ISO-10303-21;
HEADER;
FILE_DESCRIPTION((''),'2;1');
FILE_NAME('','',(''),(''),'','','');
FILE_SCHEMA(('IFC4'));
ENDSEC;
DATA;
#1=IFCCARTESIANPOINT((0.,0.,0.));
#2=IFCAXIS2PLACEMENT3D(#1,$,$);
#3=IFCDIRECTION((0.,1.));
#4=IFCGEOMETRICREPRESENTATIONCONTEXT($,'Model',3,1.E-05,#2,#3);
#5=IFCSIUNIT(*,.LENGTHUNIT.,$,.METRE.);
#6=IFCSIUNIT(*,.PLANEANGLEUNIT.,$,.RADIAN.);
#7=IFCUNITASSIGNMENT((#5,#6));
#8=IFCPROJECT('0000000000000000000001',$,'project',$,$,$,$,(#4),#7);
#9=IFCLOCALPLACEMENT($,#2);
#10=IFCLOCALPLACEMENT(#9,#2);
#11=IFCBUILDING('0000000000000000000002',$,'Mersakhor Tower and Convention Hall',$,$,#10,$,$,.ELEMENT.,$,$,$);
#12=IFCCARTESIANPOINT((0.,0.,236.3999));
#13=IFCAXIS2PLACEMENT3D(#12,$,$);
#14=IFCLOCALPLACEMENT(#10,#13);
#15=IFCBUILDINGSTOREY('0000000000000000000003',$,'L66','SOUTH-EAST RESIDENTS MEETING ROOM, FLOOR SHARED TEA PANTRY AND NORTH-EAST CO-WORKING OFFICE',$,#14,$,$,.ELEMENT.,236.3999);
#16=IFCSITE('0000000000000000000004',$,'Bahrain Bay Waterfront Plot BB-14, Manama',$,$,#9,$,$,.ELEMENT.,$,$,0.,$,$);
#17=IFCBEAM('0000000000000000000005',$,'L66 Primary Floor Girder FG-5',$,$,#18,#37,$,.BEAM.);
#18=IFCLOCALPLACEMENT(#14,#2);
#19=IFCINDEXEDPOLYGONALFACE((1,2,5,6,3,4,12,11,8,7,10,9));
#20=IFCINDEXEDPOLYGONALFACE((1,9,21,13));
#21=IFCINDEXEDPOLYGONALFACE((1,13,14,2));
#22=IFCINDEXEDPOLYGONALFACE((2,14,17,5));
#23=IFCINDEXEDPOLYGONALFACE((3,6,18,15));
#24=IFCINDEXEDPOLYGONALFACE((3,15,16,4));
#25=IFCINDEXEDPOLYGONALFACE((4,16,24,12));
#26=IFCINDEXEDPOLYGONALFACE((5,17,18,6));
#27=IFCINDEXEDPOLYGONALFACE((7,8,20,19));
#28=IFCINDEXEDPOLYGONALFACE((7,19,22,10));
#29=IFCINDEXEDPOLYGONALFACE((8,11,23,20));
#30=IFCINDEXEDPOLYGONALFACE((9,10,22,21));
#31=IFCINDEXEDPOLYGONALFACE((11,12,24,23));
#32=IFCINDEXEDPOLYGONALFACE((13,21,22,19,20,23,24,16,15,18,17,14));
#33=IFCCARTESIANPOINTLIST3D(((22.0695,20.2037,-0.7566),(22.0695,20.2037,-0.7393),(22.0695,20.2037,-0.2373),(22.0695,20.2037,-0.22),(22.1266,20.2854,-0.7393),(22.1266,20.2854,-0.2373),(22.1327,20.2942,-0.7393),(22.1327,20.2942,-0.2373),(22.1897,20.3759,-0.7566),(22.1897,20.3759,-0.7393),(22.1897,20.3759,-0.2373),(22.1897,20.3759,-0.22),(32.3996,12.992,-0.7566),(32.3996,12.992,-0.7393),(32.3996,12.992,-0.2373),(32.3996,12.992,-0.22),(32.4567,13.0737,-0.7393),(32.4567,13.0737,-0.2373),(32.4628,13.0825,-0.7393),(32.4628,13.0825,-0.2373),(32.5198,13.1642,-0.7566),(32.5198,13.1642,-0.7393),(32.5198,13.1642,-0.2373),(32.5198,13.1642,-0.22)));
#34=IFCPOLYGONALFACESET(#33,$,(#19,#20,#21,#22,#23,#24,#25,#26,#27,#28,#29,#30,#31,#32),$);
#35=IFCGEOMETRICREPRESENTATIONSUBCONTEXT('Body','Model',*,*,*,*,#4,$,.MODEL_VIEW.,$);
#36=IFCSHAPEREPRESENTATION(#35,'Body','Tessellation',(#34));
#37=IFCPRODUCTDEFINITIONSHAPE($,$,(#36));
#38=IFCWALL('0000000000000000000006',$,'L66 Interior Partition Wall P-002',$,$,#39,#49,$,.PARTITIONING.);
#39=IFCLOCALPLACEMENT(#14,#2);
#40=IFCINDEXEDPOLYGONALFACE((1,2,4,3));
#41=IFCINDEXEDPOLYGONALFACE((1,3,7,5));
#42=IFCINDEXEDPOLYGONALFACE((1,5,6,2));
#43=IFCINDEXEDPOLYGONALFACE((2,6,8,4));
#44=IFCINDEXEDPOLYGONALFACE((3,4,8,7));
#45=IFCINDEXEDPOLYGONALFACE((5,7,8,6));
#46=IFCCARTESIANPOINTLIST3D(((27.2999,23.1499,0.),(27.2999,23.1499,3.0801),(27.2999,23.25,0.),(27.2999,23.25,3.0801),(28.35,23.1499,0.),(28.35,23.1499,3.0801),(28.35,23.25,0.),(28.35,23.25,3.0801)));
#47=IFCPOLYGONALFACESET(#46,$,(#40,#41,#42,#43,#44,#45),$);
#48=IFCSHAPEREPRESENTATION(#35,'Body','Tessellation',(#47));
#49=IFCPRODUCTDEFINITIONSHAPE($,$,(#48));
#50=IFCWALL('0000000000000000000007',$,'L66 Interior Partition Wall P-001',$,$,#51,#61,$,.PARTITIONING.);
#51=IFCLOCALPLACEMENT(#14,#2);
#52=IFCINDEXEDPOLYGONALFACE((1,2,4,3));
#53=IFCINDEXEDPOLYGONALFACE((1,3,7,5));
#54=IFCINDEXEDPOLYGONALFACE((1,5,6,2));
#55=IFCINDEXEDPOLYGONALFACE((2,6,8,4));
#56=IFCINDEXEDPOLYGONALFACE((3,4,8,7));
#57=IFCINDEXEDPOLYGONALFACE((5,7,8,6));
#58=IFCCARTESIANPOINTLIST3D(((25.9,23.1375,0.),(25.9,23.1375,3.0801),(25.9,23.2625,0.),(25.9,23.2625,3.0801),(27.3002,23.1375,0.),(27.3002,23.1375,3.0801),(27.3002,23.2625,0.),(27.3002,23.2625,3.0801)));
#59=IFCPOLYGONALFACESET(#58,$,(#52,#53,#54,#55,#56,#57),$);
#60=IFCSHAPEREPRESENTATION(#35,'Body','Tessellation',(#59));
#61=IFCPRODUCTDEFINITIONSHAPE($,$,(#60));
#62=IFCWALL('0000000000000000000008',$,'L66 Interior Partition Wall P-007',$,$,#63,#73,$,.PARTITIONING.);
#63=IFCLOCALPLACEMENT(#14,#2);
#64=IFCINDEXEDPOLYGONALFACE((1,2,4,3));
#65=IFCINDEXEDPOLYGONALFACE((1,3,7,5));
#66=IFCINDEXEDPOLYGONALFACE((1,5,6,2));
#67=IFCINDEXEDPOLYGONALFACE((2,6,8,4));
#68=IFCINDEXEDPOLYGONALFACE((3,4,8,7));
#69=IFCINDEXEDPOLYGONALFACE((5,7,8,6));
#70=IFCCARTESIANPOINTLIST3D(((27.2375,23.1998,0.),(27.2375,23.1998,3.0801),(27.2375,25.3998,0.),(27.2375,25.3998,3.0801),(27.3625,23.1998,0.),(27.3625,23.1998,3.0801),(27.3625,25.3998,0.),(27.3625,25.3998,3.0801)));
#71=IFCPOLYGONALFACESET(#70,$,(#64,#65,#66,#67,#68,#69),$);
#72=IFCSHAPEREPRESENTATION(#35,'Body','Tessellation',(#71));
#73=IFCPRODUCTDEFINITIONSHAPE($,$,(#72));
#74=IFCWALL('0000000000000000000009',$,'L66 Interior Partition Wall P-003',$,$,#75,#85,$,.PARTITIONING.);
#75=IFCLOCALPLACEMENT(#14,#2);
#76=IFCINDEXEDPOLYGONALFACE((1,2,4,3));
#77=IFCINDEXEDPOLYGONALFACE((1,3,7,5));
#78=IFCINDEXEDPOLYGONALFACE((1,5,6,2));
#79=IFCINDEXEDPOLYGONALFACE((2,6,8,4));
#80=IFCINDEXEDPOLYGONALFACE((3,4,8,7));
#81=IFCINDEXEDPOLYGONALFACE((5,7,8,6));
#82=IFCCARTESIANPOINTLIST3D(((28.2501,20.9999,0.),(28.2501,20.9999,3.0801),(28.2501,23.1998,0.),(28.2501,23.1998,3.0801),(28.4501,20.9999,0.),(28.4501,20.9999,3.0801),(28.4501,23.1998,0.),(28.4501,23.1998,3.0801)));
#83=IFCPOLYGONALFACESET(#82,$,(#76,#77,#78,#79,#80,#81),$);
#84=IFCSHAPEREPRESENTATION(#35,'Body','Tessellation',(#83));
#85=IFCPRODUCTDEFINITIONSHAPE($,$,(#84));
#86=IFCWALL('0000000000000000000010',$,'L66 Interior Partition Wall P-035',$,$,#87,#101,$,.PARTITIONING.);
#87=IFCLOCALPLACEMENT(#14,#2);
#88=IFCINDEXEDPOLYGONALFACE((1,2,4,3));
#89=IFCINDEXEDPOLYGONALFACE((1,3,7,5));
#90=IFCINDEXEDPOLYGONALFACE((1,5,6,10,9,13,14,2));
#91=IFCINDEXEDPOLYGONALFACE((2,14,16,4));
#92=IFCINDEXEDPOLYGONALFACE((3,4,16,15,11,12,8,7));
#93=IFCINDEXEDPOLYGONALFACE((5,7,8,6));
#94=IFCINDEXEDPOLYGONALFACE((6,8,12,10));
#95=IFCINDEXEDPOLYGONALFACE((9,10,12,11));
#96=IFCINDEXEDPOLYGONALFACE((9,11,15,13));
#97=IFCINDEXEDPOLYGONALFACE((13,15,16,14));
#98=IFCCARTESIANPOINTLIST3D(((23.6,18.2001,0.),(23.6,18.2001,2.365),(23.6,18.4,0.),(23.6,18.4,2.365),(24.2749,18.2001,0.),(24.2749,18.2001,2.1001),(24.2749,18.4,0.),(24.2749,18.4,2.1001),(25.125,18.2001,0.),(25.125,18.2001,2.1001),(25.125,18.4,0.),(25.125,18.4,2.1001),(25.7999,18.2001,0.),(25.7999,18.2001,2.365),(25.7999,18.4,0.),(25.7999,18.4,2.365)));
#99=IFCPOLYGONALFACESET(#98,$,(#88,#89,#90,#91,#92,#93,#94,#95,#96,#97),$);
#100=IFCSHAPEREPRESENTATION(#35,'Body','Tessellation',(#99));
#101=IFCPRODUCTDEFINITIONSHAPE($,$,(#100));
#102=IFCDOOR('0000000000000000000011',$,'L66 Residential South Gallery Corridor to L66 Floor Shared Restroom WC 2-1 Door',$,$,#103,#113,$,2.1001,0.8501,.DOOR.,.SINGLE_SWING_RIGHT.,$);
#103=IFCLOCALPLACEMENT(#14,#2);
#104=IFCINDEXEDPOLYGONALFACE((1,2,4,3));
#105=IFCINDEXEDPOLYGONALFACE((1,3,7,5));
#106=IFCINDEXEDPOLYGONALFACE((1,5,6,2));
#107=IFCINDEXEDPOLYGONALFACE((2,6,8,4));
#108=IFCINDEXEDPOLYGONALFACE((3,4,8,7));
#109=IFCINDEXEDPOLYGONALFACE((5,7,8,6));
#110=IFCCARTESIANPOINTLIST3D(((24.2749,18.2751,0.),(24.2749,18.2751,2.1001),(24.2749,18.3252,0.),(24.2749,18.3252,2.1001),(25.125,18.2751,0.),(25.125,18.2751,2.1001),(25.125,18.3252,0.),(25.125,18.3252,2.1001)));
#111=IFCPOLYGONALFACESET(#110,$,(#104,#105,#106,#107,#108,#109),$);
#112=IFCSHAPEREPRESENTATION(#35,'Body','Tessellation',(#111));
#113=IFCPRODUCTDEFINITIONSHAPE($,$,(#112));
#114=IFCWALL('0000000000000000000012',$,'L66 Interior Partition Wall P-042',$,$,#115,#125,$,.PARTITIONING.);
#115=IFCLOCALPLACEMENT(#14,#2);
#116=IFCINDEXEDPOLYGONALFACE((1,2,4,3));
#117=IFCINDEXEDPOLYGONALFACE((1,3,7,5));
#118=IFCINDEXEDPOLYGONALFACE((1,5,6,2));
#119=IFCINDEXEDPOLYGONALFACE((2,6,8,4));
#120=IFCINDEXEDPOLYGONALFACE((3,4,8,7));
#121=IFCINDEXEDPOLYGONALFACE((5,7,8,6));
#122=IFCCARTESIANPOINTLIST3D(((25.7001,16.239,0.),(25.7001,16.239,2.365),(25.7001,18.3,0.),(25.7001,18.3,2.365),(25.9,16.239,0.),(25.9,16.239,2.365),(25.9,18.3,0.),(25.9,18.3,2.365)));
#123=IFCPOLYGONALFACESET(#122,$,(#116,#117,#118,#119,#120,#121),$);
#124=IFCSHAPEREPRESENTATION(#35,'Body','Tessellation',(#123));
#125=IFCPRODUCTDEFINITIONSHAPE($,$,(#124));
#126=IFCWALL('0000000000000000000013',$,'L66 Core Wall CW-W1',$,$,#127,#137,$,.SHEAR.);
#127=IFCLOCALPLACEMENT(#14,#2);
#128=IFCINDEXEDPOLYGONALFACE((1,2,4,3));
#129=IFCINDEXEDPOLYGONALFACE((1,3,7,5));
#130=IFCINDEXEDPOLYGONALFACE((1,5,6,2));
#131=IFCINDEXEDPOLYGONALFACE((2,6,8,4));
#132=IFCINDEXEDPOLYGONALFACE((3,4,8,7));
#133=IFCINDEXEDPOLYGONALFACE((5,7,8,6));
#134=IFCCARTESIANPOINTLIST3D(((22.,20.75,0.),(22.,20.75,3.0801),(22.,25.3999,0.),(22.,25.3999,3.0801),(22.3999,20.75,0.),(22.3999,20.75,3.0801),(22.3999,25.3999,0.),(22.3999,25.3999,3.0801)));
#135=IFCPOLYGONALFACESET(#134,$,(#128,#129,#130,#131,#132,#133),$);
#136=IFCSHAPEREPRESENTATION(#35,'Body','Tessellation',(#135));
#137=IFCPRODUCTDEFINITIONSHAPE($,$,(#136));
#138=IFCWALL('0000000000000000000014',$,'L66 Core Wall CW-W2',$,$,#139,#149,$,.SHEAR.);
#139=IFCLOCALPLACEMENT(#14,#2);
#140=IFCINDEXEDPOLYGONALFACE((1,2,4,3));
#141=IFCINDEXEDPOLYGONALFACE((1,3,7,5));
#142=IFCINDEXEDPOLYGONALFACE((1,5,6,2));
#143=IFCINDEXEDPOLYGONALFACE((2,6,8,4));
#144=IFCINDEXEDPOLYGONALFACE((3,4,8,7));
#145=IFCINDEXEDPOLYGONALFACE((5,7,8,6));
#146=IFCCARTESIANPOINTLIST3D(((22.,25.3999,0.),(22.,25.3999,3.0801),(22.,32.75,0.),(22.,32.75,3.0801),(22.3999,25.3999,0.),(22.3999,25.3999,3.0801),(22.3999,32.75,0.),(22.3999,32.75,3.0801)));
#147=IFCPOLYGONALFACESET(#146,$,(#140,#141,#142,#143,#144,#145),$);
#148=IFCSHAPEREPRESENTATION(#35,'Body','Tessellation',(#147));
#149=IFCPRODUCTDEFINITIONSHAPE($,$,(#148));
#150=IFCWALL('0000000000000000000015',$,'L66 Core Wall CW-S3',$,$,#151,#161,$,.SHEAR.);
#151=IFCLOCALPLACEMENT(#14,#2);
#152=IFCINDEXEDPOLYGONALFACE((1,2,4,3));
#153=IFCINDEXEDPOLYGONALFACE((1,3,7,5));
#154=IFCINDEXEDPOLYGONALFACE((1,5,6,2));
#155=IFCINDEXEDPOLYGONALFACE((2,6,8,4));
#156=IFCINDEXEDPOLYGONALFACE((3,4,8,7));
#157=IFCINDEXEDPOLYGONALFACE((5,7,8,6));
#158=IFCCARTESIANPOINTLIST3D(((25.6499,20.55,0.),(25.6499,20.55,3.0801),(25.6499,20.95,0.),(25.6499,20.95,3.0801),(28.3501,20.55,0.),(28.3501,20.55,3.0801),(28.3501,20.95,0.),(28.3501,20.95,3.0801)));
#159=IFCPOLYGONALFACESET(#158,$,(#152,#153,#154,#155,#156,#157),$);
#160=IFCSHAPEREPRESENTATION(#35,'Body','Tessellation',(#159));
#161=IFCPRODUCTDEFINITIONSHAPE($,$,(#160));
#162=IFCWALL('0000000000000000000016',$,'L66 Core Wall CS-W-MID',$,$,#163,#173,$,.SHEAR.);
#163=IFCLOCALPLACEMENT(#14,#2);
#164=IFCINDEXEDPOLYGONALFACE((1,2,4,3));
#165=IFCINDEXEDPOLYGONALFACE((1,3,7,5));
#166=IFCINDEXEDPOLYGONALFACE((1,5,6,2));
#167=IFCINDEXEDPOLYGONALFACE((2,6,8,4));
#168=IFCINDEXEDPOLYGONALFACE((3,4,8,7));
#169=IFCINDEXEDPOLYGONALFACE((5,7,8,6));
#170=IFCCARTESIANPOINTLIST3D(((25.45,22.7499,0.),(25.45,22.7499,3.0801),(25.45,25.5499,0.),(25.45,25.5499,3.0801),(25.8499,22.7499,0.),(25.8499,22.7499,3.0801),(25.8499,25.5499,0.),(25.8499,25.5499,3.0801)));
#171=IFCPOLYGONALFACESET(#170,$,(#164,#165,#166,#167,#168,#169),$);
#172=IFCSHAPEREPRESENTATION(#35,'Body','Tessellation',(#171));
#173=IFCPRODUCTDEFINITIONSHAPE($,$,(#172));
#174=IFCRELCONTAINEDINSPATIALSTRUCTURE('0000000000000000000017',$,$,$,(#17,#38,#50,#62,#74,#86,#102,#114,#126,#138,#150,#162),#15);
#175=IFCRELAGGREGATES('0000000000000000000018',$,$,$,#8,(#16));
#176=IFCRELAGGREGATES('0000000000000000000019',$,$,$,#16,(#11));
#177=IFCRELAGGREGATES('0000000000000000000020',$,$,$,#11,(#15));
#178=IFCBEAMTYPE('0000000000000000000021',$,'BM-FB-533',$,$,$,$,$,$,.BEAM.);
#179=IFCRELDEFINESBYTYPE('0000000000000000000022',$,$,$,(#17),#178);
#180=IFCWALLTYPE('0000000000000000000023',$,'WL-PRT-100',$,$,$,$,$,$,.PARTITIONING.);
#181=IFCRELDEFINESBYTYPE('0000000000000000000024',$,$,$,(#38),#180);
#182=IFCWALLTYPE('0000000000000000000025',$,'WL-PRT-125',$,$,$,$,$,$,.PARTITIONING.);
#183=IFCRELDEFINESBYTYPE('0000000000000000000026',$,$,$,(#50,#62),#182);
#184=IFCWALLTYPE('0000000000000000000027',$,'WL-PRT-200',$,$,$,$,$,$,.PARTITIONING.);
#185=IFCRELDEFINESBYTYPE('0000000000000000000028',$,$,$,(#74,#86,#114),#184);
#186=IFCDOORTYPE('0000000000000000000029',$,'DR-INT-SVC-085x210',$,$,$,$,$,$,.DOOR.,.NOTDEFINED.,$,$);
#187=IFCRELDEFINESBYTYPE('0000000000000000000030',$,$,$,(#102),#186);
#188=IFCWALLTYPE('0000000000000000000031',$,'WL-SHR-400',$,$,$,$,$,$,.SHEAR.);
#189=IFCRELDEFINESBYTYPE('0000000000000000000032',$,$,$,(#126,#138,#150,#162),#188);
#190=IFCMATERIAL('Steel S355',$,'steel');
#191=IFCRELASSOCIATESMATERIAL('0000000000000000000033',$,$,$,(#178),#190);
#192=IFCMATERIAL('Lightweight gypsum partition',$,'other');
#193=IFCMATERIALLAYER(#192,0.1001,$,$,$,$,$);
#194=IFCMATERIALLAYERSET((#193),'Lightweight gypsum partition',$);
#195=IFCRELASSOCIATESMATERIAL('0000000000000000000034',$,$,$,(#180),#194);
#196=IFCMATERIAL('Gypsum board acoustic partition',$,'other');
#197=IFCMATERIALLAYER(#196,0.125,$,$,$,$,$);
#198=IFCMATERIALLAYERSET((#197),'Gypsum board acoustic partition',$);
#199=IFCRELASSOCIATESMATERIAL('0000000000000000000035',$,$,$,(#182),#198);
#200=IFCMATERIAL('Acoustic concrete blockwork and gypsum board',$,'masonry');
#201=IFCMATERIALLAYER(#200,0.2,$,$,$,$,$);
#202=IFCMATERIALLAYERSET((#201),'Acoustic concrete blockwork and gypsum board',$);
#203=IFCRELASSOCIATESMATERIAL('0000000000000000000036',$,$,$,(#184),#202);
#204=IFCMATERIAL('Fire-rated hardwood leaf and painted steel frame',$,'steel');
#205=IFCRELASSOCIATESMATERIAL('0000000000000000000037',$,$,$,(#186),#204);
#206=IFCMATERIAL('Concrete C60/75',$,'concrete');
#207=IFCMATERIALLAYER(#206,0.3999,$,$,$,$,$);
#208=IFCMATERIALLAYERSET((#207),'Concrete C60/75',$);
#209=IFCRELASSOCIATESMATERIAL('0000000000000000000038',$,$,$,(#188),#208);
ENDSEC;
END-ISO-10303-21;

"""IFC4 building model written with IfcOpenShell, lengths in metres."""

from ifc_helpers import new_model, si_unit, direction, frame, frame_2d, origin, origin_2d, place, context, subcontext, project, spatial, rectangle, i_section, extrude, material, layer, layer_set, material_profile, profile_set, type_object, element, fill, save


model = new_model("IFC4")

# Units and contexts
model_context = context("Model", 3, precision=1e-05, world=origin(), true_north=direction((0.0, 1.0)))
body_context = subcontext(model_context, "Body", "Model", "MODEL_VIEW")
ifc_project = project(units=[si_unit("LENGTHUNIT", "METRE"), si_unit("PLANEANGLEUNIT", "RADIAN")], contexts=[model_context])

# Site, building, storey
site_placement = place(None, origin())
site = spatial("IfcSite", under=ifc_project, at=site_placement, Name="Bahrain Bay Waterfront Plot BB-14, Manama", CompositionType="ELEMENT", RefElevation=0.0)
building_placement = place(site_placement, origin())
building = spatial("IfcBuilding", under=site, at=building_placement, Name="Mersakhor Tower and Convention Hall", CompositionType="ELEMENT")
storey_placement = place(building_placement, frame((0.0, 0.0, 236.3999)))
storey = spatial("IfcBuildingStorey", under=building, at=storey_placement, Name="L66", Description="SOUTH-EAST RESIDENTS MEETING ROOM, FLOOR SHARED TEA PANTRY AND NORTH-EAST CO-WORKING OFFICE", CompositionType="ELEMENT", Elevation=236.3999)

# Beam
ifc_material_1 = material(Name="Steel S355", Category="steel")
ifc_material_profile = material_profile(ifc_material_1, i_section(OverallWidth=0.21, OverallDepth=0.5366, WebThickness=0.0107, FlangeThickness=0.0173, at=origin_2d()), Name="UB 533x210x101")
ifc_profile_set = profile_set([ifc_material_profile], Name="Steel S355")
beam_type = type_object("IfcBeamType", Name="BM-FB-533", PredefinedType="BEAM", material=ifc_profile_set)
beam_placement = place(storey_placement, frame((22.1296, 20.2898, -0.4883), z_axis=(0.819954, -0.572429, 0.0), x_axis=(0.572429, 0.819954, 0.0)))
element("IfcBeam", 1, at=beam_placement, inside=storey, type_object=beam_type, Name="L66 Primary Floor Girder FG-5", PredefinedType="BEAM", context=body_context, shape_type="SweptSolid", body=[
    extrude(i_section(OverallWidth=0.21, OverallDepth=0.5366, WebThickness=0.0107, FlangeThickness=0.0173, at=origin_2d()), origin(), (0.0, 0.0, 1.0), 12.5984),
])

# Walls
ifc_material_2 = material(Name="Lightweight gypsum partition", Category="other")
ifc_layer_1 = layer(ifc_material_2, 0.1001)
ifc_layer_set_1 = layer_set([ifc_layer_1], Name="Lightweight gypsum partition")
wall_type_1 = type_object("IfcWallType", Name="WL-PRT-100", PredefinedType="PARTITIONING", material=ifc_layer_set_1)
wall_1_placement = place(storey_placement, frame((27.3, 23.2, 0.0), z_axis=(0.0, 0.0, 1.0), x_axis=(1.0, 0.0, 0.0)))
element("IfcWall", 2, at=wall_1_placement, inside=storey, type_object=wall_type_1, Name="L66 Interior Partition Wall P-002", PredefinedType="PARTITIONING", context=body_context, shape_type="SweptSolid", body=[
    extrude(rectangle(XDim=1.05, YDim=0.1001, at=frame_2d((0.5249, 0.0))), origin(), (0.0, 0.0, 1.0), 3.0801),
])
ifc_material_3 = material(Name="Gypsum board acoustic partition", Category="other")
ifc_layer_2 = layer(ifc_material_3, 0.125)
ifc_layer_set_2 = layer_set([ifc_layer_2], Name="Gypsum board acoustic partition")
wall_type_2 = type_object("IfcWallType", Name="WL-PRT-125", PredefinedType="PARTITIONING", material=ifc_layer_set_2)
wall_2_placement = place(storey_placement, frame((25.8999, 23.2, 0.0), z_axis=(0.0, 0.0, 1.0), x_axis=(1.0, 0.0, 0.0)))
element("IfcWall", 3, at=wall_2_placement, inside=storey, type_object=wall_type_2, Name="L66 Interior Partition Wall P-001", PredefinedType="PARTITIONING", context=body_context, shape_type="SweptSolid", body=[
    extrude(rectangle(XDim=1.4001, YDim=0.125, at=frame_2d((0.7002, 0.0))), origin(), (0.0, 0.0, 1.0), 3.0801),
])
wall_3_placement = place(storey_placement, frame((27.3, 25.3999, 0.0), z_axis=(0.0, 0.0, 1.0), x_axis=(0.0, -1.0, 0.0)))
element("IfcWall", 4, at=wall_3_placement, inside=storey, type_object=wall_type_2, Name="L66 Interior Partition Wall P-007", PredefinedType="PARTITIONING", context=body_context, shape_type="SweptSolid", body=[
    extrude(rectangle(XDim=2.2, YDim=0.125, at=frame_2d((1.1001, 0.0))), origin(), (0.0, 0.0, 1.0), 3.0801),
])

# Shared definitions
ifc_material_4 = material(Name="Acoustic concrete blockwork and gypsum board", Category="masonry")
ifc_layer_3 = layer(ifc_material_4, 0.2)
ifc_layer_set_3 = layer_set([ifc_layer_3], Name="Acoustic concrete blockwork and gypsum board")
wall_type_3 = type_object("IfcWallType", Name="WL-PRT-200", PredefinedType="PARTITIONING", material=ifc_layer_set_3)

# Wall
wall_4_placement = place(storey_placement, frame((28.3501, 23.2, 0.0), z_axis=(0.0, 0.0, 1.0), x_axis=(0.0, -1.0, 0.0)))
element("IfcWall", 5, at=wall_4_placement, inside=storey, type_object=wall_type_3, Name="L66 Interior Partition Wall P-003", PredefinedType="PARTITIONING", context=body_context, shape_type="SweptSolid", body=[
    extrude(rectangle(XDim=2.2, YDim=0.2, at=frame_2d((1.1001, 0.0))), origin(), (0.0, 0.0, 1.0), 3.0801),
])

# Wall, opening, door
wall_5_placement = place(storey_placement, frame((25.8, 18.3, 0.0), z_axis=(0.0, 0.0, 1.0), x_axis=(-1.0, 0.0, 0.0)))
wall_5 = element("IfcWall", 6, at=wall_5_placement, inside=storey, type_object=wall_type_3, Name="L66 Interior Partition Wall P-035", PredefinedType="PARTITIONING", context=body_context, shape_type="SweptSolid", body=[
    extrude(rectangle(XDim=2.2, YDim=0.2, at=frame_2d((1.1001, 0.0))), origin(), (0.0, 0.0, 1.0), 2.365),
])
opening_1_placement = place(wall_5_placement, frame((0.675, 0.0, 0.0)))
opening_1 = element("IfcOpeningElement", 7, at=opening_1_placement, cuts=wall_5, PredefinedType="OPENING", context=body_context, shape_type="SweptSolid", body=[
    extrude(rectangle(XDim=0.8501, YDim=2.1001, at=frame_2d((0.425, 1.05))), frame((0.0, 0.1099, 0.0), z_axis=(0.0, -1.0, 0.0), x_axis=(1.0, 0.0, 0.0)), (0.0, 0.0, 1.0), 0.22),
])
ifc_material_5 = material(Name="Fire-rated hardwood leaf and painted steel frame", Category="steel")
door_type_1 = type_object("IfcDoorType", Name="DR-INT-SVC-085x210", OperationType="NOTDEFINED", PredefinedType="DOOR", material=ifc_material_5)
door_1_placement = place(opening_1_placement, origin())
door_1 = element("IfcDoor", 8, at=door_1_placement, inside=storey, type_object=door_type_1, Name="L66 Residential South Gallery Corridor to L66 Floor Shared Restroom WC 2-1 Door", OperationType="SINGLE_SWING_RIGHT", OverallHeight=2.1001, OverallWidth=0.8501, PredefinedType="DOOR", context=body_context, shape_type="SweptSolid", body=[
    extrude(rectangle(XDim=0.8501, YDim=2.1001, at=frame_2d((0.425, 1.05))), frame((0.0, 0.0249, 0.0), z_axis=(0.0, -1.0, 0.0), x_axis=(1.0, 0.0, 0.0)), (0.0, 0.0, 1.0), 0.05),
])
fill(opening_1, door_1)

# Wall
wall_6_placement = place(storey_placement, frame((25.8, 18.3, 0.0), z_axis=(0.0, 0.0, 1.0), x_axis=(0.0, -1.0, 0.0)))
element("IfcWall", 9, at=wall_6_placement, inside=storey, type_object=wall_type_3, Name="L66 Interior Partition Wall P-042", PredefinedType="PARTITIONING", context=body_context, shape_type="SweptSolid", body=[
    extrude(rectangle(XDim=2.061, YDim=0.2, at=frame_2d((1.0305, 0.0))), origin(), (0.0, 0.0, 1.0), 2.365),
])

# Walls
ifc_material_6 = material(Name="Concrete C60/75", Category="concrete")
ifc_layer_4 = layer(ifc_material_6, 0.3999)
ifc_layer_set_4 = layer_set([ifc_layer_4], Name="Concrete C60/75")
wall_type_4 = type_object("IfcWallType", Name="WL-SHR-400", PredefinedType="SHEAR", material=ifc_layer_set_4)
wall_7_placement = place(storey_placement, frame((22.2, 20.75, 0.0), z_axis=(0.0, 0.0, 1.0), x_axis=(0.0, 1.0, 0.0)))
element("IfcWall", 10, at=wall_7_placement, inside=storey, type_object=wall_type_4, Name="L66 Core Wall CW-W1", PredefinedType="SHEAR", context=body_context, shape_type="SweptSolid", body=[
    extrude(rectangle(XDim=4.6499, YDim=0.3999, at=frame_2d((2.325, 0.0))), origin(), (0.0, 0.0, 1.0), 3.0801),
])
wall_8_placement = place(storey_placement, frame((22.2, 25.3999, 0.0), z_axis=(0.0, 0.0, 1.0), x_axis=(0.0, 1.0, 0.0)))
element("IfcWall", 11, at=wall_8_placement, inside=storey, type_object=wall_type_4, Name="L66 Core Wall CW-W2", PredefinedType="SHEAR", context=body_context, shape_type="SweptSolid", body=[
    extrude(rectangle(XDim=7.3501, YDim=0.3999, at=frame_2d((3.675, 0.0))), origin(), (0.0, 0.0, 1.0), 3.0801),
])
wall_9_placement = place(storey_placement, frame((28.3501, 20.75, 0.0), z_axis=(0.0, 0.0, 1.0), x_axis=(-1.0, 0.0, 0.0)))
element("IfcWall", 12, at=wall_9_placement, inside=storey, type_object=wall_type_4, Name="L66 Core Wall CW-S3", PredefinedType="SHEAR", context=body_context, shape_type="SweptSolid", body=[
    extrude(rectangle(XDim=2.7002, YDim=0.3999, at=frame_2d((1.3501, 0.0))), origin(), (0.0, 0.0, 1.0), 3.0801),
])

# Wall
wall_10_placement = place(storey_placement, frame((25.6499, 22.75, 0.0), z_axis=(0.0, 0.0, 1.0), x_axis=(0.0, 1.0, 0.0)))
element("IfcWall", 13, at=wall_10_placement, inside=storey, type_object=wall_type_4, Name="L66 Core Wall CS-W-MID", PredefinedType="SHEAR", context=body_context, shape_type="SweptSolid", body=[
    extrude(rectangle(XDim=2.8, YDim=0.3999, at=frame_2d((1.3999, 0.0))), origin(), (0.0, 0.0, 1.0), 3.0801),
])

save(model, "model.ifc")
